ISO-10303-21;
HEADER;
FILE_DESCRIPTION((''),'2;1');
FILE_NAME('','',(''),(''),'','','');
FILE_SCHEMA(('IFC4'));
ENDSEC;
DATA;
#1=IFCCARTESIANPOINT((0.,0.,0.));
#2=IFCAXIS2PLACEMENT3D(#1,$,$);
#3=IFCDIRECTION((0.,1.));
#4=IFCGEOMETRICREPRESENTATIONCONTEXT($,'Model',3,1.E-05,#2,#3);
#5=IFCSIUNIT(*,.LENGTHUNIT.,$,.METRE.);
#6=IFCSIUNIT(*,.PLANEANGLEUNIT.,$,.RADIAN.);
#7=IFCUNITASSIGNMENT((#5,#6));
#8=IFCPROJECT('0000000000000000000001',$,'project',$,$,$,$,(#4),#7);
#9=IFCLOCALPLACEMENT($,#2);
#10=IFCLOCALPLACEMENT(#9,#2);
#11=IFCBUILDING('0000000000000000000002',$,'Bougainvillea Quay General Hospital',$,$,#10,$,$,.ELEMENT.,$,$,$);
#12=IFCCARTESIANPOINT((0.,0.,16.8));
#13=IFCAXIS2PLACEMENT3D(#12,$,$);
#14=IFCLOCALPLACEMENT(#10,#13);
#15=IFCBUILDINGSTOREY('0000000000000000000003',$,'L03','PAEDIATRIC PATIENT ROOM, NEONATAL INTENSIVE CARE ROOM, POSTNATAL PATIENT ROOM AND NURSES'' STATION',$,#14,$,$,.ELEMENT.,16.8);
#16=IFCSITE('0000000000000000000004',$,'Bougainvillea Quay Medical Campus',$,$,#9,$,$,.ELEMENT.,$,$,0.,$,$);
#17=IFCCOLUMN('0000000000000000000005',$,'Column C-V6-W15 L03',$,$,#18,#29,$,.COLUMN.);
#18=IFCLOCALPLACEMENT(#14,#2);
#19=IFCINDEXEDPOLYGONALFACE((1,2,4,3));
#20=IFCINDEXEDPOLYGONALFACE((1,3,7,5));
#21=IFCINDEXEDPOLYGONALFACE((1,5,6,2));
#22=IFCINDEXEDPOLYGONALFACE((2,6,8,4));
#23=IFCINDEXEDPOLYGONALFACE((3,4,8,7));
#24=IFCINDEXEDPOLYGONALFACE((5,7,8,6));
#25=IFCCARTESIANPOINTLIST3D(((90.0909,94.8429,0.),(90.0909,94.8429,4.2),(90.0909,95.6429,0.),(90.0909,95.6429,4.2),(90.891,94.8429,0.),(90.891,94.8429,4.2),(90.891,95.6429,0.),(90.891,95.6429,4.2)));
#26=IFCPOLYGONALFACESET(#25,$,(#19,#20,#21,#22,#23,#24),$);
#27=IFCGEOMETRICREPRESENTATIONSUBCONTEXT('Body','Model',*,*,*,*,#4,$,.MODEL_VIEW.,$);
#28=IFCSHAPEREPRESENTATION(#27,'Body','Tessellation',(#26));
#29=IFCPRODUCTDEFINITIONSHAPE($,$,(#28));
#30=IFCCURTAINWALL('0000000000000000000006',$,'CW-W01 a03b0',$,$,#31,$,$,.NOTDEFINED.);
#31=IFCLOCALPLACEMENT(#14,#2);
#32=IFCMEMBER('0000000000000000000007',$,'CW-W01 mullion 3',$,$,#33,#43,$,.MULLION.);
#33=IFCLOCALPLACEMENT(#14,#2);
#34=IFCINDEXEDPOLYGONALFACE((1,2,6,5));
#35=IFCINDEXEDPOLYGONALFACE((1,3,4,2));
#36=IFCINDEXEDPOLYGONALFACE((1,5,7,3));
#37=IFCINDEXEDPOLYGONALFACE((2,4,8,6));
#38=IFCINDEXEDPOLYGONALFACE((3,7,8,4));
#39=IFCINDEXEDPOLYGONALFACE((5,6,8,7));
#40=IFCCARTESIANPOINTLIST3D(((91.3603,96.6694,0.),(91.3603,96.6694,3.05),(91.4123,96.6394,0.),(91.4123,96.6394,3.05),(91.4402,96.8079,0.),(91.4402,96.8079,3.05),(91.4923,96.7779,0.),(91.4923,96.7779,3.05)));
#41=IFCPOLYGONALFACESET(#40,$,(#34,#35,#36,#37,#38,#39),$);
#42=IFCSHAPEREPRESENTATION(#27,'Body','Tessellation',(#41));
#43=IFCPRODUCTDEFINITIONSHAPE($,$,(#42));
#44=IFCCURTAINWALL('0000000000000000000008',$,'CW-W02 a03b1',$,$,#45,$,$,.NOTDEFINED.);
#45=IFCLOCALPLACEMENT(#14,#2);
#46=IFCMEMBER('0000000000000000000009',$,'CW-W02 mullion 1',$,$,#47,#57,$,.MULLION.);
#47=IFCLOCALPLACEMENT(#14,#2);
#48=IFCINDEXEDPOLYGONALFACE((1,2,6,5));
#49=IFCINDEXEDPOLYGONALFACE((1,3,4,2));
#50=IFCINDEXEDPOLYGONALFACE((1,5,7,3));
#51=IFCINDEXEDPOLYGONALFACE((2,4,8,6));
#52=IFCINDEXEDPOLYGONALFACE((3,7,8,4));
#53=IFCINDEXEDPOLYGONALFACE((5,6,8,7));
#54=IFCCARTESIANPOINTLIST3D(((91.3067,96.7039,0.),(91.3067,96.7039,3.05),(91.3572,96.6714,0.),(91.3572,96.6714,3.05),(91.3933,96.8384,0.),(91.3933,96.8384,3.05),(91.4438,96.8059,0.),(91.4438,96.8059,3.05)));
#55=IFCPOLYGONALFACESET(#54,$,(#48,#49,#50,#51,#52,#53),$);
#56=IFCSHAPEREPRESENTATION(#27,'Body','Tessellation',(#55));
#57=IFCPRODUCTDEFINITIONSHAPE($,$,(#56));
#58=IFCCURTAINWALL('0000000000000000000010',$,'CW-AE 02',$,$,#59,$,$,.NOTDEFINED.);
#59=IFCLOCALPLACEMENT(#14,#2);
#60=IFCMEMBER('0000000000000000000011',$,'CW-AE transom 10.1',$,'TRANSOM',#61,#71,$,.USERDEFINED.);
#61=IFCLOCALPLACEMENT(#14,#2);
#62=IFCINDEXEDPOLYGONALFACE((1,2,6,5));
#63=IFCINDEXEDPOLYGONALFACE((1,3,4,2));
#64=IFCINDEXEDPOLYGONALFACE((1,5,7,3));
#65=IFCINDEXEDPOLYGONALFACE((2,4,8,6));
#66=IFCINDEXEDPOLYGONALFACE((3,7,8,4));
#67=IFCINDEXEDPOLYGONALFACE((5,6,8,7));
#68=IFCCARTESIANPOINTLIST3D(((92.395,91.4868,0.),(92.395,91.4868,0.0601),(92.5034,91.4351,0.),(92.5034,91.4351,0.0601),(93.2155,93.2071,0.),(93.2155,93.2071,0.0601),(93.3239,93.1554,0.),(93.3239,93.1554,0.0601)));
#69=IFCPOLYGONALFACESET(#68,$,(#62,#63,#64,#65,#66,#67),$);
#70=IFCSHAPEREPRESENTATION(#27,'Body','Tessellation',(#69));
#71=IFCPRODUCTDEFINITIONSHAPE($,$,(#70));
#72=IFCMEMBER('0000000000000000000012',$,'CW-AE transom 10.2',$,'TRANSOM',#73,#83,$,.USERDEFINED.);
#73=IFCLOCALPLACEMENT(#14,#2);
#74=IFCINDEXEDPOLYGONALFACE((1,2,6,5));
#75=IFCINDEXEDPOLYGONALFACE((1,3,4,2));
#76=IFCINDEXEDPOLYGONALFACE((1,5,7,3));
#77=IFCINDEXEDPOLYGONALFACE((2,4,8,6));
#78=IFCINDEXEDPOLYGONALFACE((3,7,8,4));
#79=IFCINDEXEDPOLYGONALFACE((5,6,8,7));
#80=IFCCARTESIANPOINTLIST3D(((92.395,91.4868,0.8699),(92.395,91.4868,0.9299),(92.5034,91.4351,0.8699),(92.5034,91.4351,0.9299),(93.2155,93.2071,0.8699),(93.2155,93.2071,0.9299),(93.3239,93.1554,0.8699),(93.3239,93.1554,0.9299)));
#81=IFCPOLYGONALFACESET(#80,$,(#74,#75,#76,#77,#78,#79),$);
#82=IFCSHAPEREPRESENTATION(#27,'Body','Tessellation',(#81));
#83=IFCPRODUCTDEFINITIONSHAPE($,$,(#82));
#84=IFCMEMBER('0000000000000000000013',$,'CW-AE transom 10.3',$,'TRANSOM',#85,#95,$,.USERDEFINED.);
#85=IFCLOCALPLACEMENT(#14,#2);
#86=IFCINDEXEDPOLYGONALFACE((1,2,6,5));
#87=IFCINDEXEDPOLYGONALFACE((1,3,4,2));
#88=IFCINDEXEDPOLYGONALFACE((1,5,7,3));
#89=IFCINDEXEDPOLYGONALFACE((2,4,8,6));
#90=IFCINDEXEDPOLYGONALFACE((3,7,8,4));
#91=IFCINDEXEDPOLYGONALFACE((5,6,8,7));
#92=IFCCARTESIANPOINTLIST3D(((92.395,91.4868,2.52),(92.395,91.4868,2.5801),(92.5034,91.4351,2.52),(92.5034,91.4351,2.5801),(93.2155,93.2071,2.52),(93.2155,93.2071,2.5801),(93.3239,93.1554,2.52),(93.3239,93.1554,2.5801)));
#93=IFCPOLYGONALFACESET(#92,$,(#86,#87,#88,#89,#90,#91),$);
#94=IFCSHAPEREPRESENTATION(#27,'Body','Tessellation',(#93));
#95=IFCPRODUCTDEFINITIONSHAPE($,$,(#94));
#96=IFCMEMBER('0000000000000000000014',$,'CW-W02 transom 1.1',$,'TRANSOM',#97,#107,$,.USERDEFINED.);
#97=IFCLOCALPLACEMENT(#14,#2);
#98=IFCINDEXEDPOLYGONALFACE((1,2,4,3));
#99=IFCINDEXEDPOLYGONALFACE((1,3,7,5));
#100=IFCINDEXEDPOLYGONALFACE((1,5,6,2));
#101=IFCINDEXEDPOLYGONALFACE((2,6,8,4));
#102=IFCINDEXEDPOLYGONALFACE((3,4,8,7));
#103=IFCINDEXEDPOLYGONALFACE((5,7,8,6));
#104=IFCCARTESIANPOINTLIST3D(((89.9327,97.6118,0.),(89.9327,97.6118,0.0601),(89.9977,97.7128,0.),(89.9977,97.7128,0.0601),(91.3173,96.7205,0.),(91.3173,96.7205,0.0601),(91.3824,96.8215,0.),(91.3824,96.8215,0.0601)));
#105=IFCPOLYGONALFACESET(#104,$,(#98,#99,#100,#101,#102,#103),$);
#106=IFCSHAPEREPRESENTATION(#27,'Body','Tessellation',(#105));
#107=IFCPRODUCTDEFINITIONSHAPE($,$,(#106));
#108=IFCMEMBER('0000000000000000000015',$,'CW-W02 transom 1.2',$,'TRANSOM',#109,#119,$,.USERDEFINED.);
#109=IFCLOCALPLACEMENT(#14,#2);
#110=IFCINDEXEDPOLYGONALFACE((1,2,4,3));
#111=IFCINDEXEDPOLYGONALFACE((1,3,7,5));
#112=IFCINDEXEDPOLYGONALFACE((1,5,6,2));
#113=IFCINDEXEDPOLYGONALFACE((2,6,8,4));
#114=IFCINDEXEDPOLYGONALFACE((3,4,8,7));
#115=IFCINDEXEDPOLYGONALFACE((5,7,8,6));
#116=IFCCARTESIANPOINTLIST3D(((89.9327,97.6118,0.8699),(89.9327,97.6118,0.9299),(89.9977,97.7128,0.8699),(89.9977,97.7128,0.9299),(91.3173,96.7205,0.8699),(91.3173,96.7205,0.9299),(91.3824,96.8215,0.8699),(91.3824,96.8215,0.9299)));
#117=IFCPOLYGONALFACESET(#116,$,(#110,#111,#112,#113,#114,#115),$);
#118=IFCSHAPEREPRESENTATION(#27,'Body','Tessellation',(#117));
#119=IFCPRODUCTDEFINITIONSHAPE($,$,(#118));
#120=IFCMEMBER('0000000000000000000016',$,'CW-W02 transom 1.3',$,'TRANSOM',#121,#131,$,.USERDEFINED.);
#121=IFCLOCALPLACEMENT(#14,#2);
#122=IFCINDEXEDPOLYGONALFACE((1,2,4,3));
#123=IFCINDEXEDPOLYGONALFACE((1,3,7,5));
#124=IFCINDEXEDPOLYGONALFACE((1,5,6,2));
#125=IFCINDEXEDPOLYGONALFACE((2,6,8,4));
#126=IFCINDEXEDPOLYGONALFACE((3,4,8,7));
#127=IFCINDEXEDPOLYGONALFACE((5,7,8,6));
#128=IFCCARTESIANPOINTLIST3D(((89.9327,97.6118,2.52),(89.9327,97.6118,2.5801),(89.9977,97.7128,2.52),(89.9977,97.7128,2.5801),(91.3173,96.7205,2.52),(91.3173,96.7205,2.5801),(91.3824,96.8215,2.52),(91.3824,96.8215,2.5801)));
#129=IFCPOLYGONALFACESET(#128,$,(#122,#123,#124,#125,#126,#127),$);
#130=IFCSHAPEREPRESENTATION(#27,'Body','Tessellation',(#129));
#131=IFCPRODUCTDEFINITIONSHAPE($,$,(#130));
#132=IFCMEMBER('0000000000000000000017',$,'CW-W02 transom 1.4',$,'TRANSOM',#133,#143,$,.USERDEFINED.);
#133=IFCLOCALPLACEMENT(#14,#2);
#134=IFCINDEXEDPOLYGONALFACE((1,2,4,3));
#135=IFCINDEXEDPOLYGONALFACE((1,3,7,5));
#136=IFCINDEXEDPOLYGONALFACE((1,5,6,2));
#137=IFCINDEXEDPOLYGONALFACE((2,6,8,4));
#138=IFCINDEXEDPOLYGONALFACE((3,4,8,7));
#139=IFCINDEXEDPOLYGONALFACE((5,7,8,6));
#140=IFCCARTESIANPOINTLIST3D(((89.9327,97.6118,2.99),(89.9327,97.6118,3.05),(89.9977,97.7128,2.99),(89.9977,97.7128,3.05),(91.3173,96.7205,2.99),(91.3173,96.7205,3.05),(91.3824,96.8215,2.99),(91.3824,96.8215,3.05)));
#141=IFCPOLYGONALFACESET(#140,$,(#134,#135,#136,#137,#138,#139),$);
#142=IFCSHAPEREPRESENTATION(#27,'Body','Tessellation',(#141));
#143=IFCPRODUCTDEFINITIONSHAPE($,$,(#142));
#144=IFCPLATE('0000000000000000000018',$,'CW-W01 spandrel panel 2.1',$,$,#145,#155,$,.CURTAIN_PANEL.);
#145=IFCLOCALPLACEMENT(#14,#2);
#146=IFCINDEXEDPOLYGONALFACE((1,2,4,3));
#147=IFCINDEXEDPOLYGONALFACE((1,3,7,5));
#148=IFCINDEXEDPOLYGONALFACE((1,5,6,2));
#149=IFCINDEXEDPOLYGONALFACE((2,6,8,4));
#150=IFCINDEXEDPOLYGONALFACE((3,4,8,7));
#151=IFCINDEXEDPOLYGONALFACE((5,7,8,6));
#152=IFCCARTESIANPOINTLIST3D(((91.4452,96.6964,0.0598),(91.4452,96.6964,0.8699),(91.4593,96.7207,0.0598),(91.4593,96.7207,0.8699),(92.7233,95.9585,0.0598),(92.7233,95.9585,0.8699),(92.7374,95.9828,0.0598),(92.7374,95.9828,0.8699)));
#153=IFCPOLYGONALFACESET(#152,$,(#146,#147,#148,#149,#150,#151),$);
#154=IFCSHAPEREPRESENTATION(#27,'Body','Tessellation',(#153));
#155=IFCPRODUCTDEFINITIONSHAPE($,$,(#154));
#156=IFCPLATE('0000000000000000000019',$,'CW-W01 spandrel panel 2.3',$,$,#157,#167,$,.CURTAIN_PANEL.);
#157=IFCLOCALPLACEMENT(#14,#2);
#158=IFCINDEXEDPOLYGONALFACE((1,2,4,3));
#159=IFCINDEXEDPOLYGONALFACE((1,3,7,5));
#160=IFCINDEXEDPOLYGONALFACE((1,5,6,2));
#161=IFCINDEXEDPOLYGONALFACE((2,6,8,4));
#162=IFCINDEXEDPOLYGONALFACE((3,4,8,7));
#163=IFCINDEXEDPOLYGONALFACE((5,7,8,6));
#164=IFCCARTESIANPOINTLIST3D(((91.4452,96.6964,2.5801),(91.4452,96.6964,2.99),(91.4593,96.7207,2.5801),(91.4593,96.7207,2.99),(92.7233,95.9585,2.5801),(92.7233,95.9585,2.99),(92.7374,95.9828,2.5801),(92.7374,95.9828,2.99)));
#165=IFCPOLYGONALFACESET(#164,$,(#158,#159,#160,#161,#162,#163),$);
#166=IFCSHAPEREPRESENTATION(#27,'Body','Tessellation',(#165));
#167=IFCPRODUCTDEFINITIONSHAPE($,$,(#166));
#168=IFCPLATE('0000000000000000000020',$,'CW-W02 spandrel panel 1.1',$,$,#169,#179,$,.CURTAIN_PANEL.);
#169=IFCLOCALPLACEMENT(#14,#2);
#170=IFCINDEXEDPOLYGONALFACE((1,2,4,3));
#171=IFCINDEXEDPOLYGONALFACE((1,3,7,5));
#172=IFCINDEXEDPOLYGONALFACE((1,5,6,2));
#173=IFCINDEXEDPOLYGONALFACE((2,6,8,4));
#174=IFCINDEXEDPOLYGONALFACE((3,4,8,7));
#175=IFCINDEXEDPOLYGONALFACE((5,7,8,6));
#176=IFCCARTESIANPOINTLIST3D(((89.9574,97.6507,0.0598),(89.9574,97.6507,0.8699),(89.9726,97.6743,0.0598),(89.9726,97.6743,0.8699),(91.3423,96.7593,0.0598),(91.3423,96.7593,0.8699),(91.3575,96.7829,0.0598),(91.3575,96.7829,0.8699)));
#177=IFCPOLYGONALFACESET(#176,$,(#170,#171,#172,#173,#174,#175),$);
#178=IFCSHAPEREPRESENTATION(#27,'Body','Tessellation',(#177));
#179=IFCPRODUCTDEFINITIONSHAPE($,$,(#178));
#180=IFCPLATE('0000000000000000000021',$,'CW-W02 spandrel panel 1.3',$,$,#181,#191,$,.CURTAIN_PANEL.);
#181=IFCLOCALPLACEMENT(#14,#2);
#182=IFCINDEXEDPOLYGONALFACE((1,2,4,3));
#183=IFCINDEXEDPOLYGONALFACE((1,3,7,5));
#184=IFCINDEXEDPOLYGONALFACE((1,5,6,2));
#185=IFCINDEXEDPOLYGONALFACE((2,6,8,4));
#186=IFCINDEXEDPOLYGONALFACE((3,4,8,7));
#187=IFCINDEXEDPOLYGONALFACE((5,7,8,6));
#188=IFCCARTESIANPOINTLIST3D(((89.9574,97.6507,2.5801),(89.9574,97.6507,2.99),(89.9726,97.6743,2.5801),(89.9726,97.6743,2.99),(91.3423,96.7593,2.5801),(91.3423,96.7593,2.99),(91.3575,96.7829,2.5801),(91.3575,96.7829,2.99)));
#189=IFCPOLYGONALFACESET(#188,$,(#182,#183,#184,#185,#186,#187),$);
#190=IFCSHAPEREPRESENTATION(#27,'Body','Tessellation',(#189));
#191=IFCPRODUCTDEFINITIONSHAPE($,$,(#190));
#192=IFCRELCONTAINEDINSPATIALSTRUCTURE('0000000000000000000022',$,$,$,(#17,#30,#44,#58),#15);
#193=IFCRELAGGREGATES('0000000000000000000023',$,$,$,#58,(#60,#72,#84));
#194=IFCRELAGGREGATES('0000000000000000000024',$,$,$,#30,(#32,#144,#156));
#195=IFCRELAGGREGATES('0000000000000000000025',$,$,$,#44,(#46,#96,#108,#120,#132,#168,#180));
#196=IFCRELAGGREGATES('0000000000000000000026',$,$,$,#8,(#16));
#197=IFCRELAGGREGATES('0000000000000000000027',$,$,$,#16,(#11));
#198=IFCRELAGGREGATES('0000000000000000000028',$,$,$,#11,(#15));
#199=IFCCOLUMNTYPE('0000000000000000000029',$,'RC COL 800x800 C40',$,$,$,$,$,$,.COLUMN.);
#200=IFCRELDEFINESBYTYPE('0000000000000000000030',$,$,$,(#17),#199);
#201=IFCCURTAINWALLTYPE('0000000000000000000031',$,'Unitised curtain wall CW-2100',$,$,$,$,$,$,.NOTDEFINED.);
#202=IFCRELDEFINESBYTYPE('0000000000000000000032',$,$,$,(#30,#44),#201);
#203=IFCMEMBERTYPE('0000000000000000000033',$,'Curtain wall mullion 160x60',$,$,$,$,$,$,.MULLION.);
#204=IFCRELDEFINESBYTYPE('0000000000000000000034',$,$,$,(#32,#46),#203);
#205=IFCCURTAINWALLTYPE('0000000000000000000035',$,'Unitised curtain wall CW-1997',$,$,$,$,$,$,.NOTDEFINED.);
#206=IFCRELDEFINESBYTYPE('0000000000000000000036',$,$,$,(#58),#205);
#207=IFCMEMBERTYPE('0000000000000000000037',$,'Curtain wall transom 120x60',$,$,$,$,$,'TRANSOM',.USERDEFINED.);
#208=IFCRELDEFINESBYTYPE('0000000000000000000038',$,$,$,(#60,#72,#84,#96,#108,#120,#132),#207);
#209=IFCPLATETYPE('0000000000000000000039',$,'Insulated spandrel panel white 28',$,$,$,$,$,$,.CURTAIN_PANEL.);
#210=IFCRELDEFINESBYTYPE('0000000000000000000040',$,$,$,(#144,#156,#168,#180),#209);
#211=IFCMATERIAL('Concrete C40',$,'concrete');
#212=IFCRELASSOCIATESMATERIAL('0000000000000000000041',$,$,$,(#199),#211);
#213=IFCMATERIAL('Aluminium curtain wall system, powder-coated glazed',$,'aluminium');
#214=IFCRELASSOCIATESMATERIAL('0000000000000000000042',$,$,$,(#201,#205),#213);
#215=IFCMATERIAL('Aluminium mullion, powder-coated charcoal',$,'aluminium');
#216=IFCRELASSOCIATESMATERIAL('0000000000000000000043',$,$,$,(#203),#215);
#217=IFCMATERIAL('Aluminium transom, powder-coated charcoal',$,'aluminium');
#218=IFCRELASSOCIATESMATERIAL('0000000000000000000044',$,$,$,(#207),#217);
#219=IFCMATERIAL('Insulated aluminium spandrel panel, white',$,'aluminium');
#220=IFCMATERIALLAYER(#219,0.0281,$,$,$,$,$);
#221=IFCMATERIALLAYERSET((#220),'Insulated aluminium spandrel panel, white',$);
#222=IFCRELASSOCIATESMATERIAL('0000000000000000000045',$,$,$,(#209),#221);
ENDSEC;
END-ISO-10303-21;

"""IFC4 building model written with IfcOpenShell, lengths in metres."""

from ifc_helpers import new_model, si_unit, direction, frame, origin, origin_2d, place, context, subcontext, project, spatial, rectangle, extrude, material, layer, layer_set, material_profile, profile_set, type_object, element, aggregate, save


model = new_model("IFC4")

# Units and contexts
model_context = context("Model", 3, precision=1e-05, world=origin(), true_north=direction((0.0, 1.0)))
body_context = subcontext(model_context, "Body", "Model", "MODEL_VIEW")
ifc_project = project(units=[si_unit("LENGTHUNIT", "METRE"), si_unit("PLANEANGLEUNIT", "RADIAN")], contexts=[model_context])

# Site, building, storey
site_placement = place(None, origin())
site = spatial("IfcSite", under=ifc_project, at=site_placement, Name="Bougainvillea Quay Medical Campus", CompositionType="ELEMENT", RefElevation=0.0)
building_placement = place(site_placement, origin())
building = spatial("IfcBuilding", under=site, at=building_placement, Name="Bougainvillea Quay General Hospital", CompositionType="ELEMENT")
storey_placement = place(building_placement, frame((0.0, 0.0, 16.8)))
storey = spatial("IfcBuildingStorey", under=building, at=storey_placement, Name="L03", Description="PAEDIATRIC PATIENT ROOM, NEONATAL INTENSIVE CARE ROOM, POSTNATAL PATIENT ROOM AND NURSES' STATION", CompositionType="ELEMENT", Elevation=16.8)

# Column
ifc_material_1 = material(Name="Concrete C40", Category="concrete")
ifc_material_profile_1 = material_profile(ifc_material_1, rectangle(XDim=0.8, YDim=0.8, at=origin_2d()))
ifc_profile_set_1 = profile_set([ifc_material_profile_1], Name="Concrete C40")
column_type = type_object("IfcColumnType", Name="RC COL 800x800 C40", PredefinedType="COLUMN", material=ifc_profile_set_1)
column_placement = place(storey_placement, frame((90.491, 95.2429, 0.0), z_axis=(0.0, 0.0, 1.0), x_axis=(1.0, 0.0, 0.0)))
element("IfcColumn", 1, at=column_placement, inside=storey, type_object=column_type, Name="Column C-V6-W15 L03", PredefinedType="COLUMN", context=body_context, shape_type="SweptSolid", body=[
    extrude(rectangle(XDim=0.8, YDim=0.8, at=origin_2d()), origin(), (0.0, 0.0, 1.0), 4.2),
])

# Curtain walls, members
ifc_material_2 = material(Name="Aluminium curtain wall system, powder-coated glazed", Category="aluminium")
curtain_wall_type_1 = type_object("IfcCurtainWallType", Name="Unitised curtain wall CW-2100", PredefinedType="NOTDEFINED", material=ifc_material_2)
curtain_wall_1_placement = place(storey_placement, origin())
curtain_wall_1 = element("IfcCurtainWall", 2, at=curtain_wall_1_placement, inside=storey, type_object=curtain_wall_type_1, Name="CW-W01 a03b0", PredefinedType="NOTDEFINED")
ifc_material_3 = material(Name="Aluminium mullion, powder-coated charcoal", Category="aluminium")
ifc_material_profile_2 = material_profile(ifc_material_3, rectangle(XDim=0.1599, YDim=0.0601, at=origin_2d()))
ifc_profile_set_2 = profile_set([ifc_material_profile_2], Name="Aluminium mullion, powder-coated charcoal")
member_type_1 = type_object("IfcMemberType", Name="Curtain wall mullion 160x60", PredefinedType="MULLION", material=ifc_profile_set_2)
member_1_placement = place(storey_placement, frame((91.4263, 96.7236, 0.0), z_axis=(0.0, 0.0, 1.0), x_axis=(-0.500031, -0.866007, 0.0)))
member_1 = element("IfcMember", 3, at=member_1_placement, type_object=member_type_1, Name="CW-W01 mullion 3", PredefinedType="MULLION", context=body_context, shape_type="SweptSolid", body=[
    extrude(rectangle(XDim=0.1599, YDim=0.0601, at=origin_2d()), origin(), (0.0, 0.0, 1.0), 3.05),
])
curtain_wall_2_placement = place(storey_placement, origin())
curtain_wall_2 = element("IfcCurtainWall", 4, at=curtain_wall_2_placement, inside=storey, type_object=curtain_wall_type_1, Name="CW-W02 a03b1", PredefinedType="NOTDEFINED")
member_2_placement = place(storey_placement, frame((91.3752, 96.7549, 0.0), z_axis=(0.0, 0.0, 1.0), x_axis=(-0.541195, -0.840897, 0.0)))
member_2 = element("IfcMember", 5, at=member_2_placement, type_object=member_type_1, Name="CW-W02 mullion 1", PredefinedType="MULLION", context=body_context, shape_type="SweptSolid", body=[
    extrude(rectangle(XDim=0.1599, YDim=0.0601, at=origin_2d()), origin(), (0.0, 0.0, 1.0), 3.05),
])

# Curtain wall, members
curtain_wall_type_2 = type_object("IfcCurtainWallType", Name="Unitised curtain wall CW-1997", PredefinedType="NOTDEFINED", material=ifc_material_2)
curtain_wall_3_placement = place(storey_placement, origin())
curtain_wall_3 = element("IfcCurtainWall", 6, at=curtain_wall_3_placement, inside=storey, type_object=curtain_wall_type_2, Name="CW-AE 02", PredefinedType="NOTDEFINED")
ifc_material_4 = material(Name="Aluminium transom, powder-coated charcoal", Category="aluminium")
ifc_material_profile_3 = material_profile(ifc_material_4, rectangle(XDim=0.1201, YDim=0.0601, at=origin_2d()))
ifc_profile_set_3 = profile_set([ifc_material_profile_3], Name="Aluminium transom, powder-coated charcoal")
member_type_2 = type_object("IfcMemberType", Name="Curtain wall transom 120x60", ElementType="TRANSOM", PredefinedType="USERDEFINED", material=ifc_profile_set_3)
member_3_placement = place(storey_placement, frame((92.4492, 91.4609, 0.03), z_axis=(0.430485, 0.902598, 0.0), x_axis=(-0.902598, 0.430485, 0.0)))
member_3 = element("IfcMember", 7, at=member_3_placement, type_object=member_type_2, Name="CW-AE transom 10.1", ObjectType="TRANSOM", PredefinedType="USERDEFINED", context=body_context, shape_type="SweptSolid", body=[
    extrude(rectangle(XDim=0.1201, YDim=0.0601, at=origin_2d()), origin(), (0.0, 0.0, 1.0), 1.906),
])
member_4_placement = place(storey_placement, frame((92.4492, 91.4609, 0.8999), z_axis=(0.430485, 0.902598, 0.0), x_axis=(-0.902598, 0.430485, 0.0)))
member_4 = element("IfcMember", 8, at=member_4_placement, type_object=member_type_2, Name="CW-AE transom 10.2", ObjectType="TRANSOM", PredefinedType="USERDEFINED", context=body_context, shape_type="SweptSolid", body=[
    extrude(rectangle(XDim=0.1201, YDim=0.0601, at=origin_2d()), origin(), (0.0, 0.0, 1.0), 1.906),
])
member_5_placement = place(storey_placement, frame((92.4492, 91.4609, 2.55), z_axis=(0.430485, 0.902598, 0.0), x_axis=(-0.902598, 0.430485, 0.0)))
member_5 = element("IfcMember", 9, at=member_5_placement, type_object=member_type_2, Name="CW-AE transom 10.3", ObjectType="TRANSOM", PredefinedType="USERDEFINED", context=body_context, shape_type="SweptSolid", body=[
    extrude(rectangle(XDim=0.1201, YDim=0.0601, at=origin_2d()), origin(), (0.0, 0.0, 1.0), 1.906),
])
aggregate(curtain_wall_3, [member_3, member_4, member_5])

# Members
member_6_placement = place(storey_placement, frame((91.3499, 96.771, 0.03), z_axis=(-0.84086, 0.541252, 0.0), x_axis=(-0.541252, -0.84086, 0.0)))
member_6 = element("IfcMember", 10, at=member_6_placement, type_object=member_type_2, Name="CW-W02 transom 1.1", ObjectType="TRANSOM", PredefinedType="USERDEFINED", context=body_context, shape_type="SweptSolid", body=[
    extrude(rectangle(XDim=0.1201, YDim=0.0601, at=origin_2d()), origin(), (0.0, 0.0, 1.0), 1.6467),
])
member_7_placement = place(storey_placement, frame((91.3499, 96.771, 0.8999), z_axis=(-0.84086, 0.541252, 0.0), x_axis=(-0.541252, -0.84086, 0.0)))
member_7 = element("IfcMember", 11, at=member_7_placement, type_object=member_type_2, Name="CW-W02 transom 1.2", ObjectType="TRANSOM", PredefinedType="USERDEFINED", context=body_context, shape_type="SweptSolid", body=[
    extrude(rectangle(XDim=0.1201, YDim=0.0601, at=origin_2d()), origin(), (0.0, 0.0, 1.0), 1.6467),
])
member_8_placement = place(storey_placement, frame((91.3499, 96.771, 2.55), z_axis=(-0.84086, 0.541252, 0.0), x_axis=(-0.541252, -0.84086, 0.0)))
member_8 = element("IfcMember", 12, at=member_8_placement, type_object=member_type_2, Name="CW-W02 transom 1.3", ObjectType="TRANSOM", PredefinedType="USERDEFINED", context=body_context, shape_type="SweptSolid", body=[
    extrude(rectangle(XDim=0.1201, YDim=0.0601, at=origin_2d()), origin(), (0.0, 0.0, 1.0), 1.6467),
])
member_9_placement = place(storey_placement, frame((91.3499, 96.771, 3.02), z_axis=(-0.84086, 0.541252, 0.0), x_axis=(-0.541252, -0.84086, 0.0)))
member_9 = element("IfcMember", 13, at=member_9_placement, type_object=member_type_2, Name="CW-W02 transom 1.4", ObjectType="TRANSOM", PredefinedType="USERDEFINED", context=body_context, shape_type="SweptSolid", body=[
    extrude(rectangle(XDim=0.1201, YDim=0.0601, at=origin_2d()), origin(), (0.0, 0.0, 1.0), 1.6467),
])

# Plates
ifc_material_5 = material(Name="Insulated aluminium spandrel panel, white", Category="aluminium")
ifc_layer_1 = layer(ifc_material_5, 0.0281)
ifc_layer_set_1 = layer_set([ifc_layer_1], Name="Insulated aluminium spandrel panel, white")
plate_type_1 = type_object("IfcPlateType", Name="Insulated spandrel panel white 28", PredefinedType="CURTAIN_PANEL", material=ifc_layer_set_1)
plate_1_placement = place(storey_placement, frame((92.0913, 96.3396, 0.0598), z_axis=(0.0, 0.0, 1.0), x_axis=(-0.866007, 0.500031, 0.0)))
plate_1 = element("IfcPlate", 14, at=plate_1_placement, type_object=plate_type_1, Name="CW-W01 spandrel panel 2.1", PredefinedType="CURTAIN_PANEL", context=body_context, shape_type="SweptSolid", body=[
    extrude(rectangle(XDim=1.4758, YDim=0.0281, at=origin_2d()), origin(), (0.0, 0.0, 1.0), 0.8101),
])
plate_2_placement = place(storey_placement, frame((92.0913, 96.3396, 2.5801), z_axis=(0.0, 0.0, 1.0), x_axis=(-0.866007, 0.500031, 0.0)))
plate_2 = element("IfcPlate", 15, at=plate_2_placement, type_object=plate_type_1, Name="CW-W01 spandrel panel 2.3", PredefinedType="CURTAIN_PANEL", context=body_context, shape_type="SweptSolid", body=[
    extrude(rectangle(XDim=1.4758, YDim=0.0281, at=origin_2d()), origin(), (0.0, 0.0, 1.0), 0.4099),
])
plate_3_placement = place(storey_placement, frame((90.6575, 97.2168, 0.0598), z_axis=(0.0, 0.0, 1.0), x_axis=(-0.840897, 0.541195, 0.0)))
plate_3 = element("IfcPlate", 16, at=plate_3_placement, type_object=plate_type_1, Name="CW-W02 spandrel panel 1.1", PredefinedType="CURTAIN_PANEL", context=body_context, shape_type="SweptSolid", body=[
    extrude(rectangle(XDim=1.647, YDim=0.0281, at=origin_2d()), origin(), (0.0, 0.0, 1.0), 0.8101),
])
plate_4_placement = place(storey_placement, frame((90.6575, 97.2168, 2.5801), z_axis=(0.0, 0.0, 1.0), x_axis=(-0.840897, 0.541195, 0.0)))
plate_4 = element("IfcPlate", 17, at=plate_4_placement, type_object=plate_type_1, Name="CW-W02 spandrel panel 1.3", PredefinedType="CURTAIN_PANEL", context=body_context, shape_type="SweptSolid", body=[
    extrude(rectangle(XDim=1.647, YDim=0.0281, at=origin_2d()), origin(), (0.0, 0.0, 1.0), 0.4099),
])
aggregate(curtain_wall_1, [member_1, plate_1, plate_2])
aggregate(curtain_wall_2, [member_2, member_6, member_7, member_8, member_9, plate_3, plate_4])

save(model, "model.ifc")
